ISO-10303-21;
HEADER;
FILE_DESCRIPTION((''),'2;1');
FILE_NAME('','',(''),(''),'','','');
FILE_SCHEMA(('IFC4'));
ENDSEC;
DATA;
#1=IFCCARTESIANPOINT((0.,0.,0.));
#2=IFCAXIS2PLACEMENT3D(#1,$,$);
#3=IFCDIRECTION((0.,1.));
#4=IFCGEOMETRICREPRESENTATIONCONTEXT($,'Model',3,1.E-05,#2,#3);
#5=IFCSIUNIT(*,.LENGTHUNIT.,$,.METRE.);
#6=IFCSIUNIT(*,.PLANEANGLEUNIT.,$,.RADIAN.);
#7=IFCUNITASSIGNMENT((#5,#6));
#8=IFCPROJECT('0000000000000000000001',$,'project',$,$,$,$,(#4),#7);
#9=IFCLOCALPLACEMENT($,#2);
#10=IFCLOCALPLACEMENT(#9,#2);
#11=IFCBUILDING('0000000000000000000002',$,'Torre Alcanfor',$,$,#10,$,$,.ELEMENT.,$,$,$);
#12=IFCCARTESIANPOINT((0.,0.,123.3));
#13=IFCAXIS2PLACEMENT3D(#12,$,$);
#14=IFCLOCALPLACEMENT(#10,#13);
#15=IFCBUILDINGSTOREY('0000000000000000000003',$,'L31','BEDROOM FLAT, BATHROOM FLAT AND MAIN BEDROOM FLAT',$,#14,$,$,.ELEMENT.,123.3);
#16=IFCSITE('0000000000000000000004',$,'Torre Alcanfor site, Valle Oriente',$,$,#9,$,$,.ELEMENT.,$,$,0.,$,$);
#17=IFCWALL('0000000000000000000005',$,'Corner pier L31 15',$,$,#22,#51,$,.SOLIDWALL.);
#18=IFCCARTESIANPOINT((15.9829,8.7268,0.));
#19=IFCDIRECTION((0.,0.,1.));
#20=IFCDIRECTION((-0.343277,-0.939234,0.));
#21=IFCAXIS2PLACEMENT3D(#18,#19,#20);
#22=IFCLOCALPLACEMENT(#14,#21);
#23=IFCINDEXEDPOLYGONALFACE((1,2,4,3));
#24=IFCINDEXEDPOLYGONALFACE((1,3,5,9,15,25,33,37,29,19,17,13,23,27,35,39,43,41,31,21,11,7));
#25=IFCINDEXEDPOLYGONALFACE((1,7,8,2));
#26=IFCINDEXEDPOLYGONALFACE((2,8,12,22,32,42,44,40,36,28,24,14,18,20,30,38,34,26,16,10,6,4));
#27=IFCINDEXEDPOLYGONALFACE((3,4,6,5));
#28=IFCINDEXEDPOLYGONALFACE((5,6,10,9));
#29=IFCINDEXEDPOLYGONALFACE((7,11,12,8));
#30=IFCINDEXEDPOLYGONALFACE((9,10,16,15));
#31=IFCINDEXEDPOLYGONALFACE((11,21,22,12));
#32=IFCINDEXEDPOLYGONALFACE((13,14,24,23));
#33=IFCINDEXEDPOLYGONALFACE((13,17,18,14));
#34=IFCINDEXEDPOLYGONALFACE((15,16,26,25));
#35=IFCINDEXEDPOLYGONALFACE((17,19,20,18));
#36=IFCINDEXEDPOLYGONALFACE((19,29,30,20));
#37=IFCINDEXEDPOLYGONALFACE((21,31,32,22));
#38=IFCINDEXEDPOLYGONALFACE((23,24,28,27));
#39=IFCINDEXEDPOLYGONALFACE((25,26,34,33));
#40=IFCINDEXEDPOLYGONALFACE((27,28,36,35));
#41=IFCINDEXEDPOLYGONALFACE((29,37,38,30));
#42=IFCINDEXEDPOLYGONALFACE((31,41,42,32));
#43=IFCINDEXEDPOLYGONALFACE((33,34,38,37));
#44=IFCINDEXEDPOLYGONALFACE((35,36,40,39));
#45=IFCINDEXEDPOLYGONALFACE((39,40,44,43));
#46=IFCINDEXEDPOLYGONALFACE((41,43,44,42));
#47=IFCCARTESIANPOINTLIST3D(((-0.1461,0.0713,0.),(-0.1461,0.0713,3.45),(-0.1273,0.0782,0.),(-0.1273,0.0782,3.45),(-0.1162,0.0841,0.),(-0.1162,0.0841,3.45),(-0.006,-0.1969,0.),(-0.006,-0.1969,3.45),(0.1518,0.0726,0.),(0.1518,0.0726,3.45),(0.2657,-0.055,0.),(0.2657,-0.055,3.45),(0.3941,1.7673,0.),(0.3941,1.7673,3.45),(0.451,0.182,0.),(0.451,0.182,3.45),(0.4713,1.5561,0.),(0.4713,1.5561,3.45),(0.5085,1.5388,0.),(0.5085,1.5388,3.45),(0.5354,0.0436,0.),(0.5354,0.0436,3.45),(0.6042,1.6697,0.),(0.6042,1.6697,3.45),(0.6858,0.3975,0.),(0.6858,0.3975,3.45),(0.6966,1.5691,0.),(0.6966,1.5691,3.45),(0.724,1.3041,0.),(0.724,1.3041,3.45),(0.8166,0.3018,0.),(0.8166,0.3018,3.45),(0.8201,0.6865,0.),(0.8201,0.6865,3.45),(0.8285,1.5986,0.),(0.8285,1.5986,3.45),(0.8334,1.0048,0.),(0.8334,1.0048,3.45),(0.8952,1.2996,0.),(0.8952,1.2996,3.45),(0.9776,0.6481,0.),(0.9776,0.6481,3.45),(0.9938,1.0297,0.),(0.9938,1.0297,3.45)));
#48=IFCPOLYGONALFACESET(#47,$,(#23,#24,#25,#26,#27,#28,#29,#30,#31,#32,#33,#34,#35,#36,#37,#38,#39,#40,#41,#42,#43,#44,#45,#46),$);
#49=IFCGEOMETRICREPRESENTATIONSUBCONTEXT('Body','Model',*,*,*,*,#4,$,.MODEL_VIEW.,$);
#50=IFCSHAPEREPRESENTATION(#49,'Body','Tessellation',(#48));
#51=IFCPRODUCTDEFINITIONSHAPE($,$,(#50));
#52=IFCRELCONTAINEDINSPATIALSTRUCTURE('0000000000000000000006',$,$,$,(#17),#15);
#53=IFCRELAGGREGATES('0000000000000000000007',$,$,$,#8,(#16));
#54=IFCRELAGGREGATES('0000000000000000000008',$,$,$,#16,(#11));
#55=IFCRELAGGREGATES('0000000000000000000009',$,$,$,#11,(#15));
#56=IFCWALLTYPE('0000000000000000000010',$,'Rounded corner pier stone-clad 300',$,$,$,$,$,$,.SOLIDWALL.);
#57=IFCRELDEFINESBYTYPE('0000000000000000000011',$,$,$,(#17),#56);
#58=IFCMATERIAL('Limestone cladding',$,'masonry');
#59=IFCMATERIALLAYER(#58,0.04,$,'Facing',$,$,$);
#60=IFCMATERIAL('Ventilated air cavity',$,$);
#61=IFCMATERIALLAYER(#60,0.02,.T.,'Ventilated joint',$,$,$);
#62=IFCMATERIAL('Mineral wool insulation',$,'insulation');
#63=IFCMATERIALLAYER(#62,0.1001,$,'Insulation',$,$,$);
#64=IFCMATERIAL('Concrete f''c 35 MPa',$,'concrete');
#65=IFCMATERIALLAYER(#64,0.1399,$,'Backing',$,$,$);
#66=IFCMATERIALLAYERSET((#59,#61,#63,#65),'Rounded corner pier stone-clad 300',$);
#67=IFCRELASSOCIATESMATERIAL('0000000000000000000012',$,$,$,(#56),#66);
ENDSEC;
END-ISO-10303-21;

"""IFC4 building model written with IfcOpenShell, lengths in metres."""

from ifc_helpers import new_model, si_unit, direction, frame, origin, place, context, subcontext, project, spatial, polyline, outline, extrude, material, layer, layer_set, type_object, element, save


model = new_model("IFC4")

# Units and contexts
model_context = context("Model", 3, precision=1e-05, world=origin(), true_north=direction((0.0, 1.0)))
body_context = subcontext(model_context, "Body", "Model", "MODEL_VIEW")
ifc_project = project(units=[si_unit("LENGTHUNIT", "METRE"), si_unit("PLANEANGLEUNIT", "RADIAN")], contexts=[model_context])

# Site, building, storey
site_placement = place(None, origin())
site = spatial("IfcSite", under=ifc_project, at=site_placement, Name="Torre Alcanfor site, Valle Oriente", CompositionType="ELEMENT", RefElevation=0.0)
building_placement = place(site_placement, origin())
building = spatial("IfcBuilding", under=site, at=building_placement, Name="Torre Alcanfor", CompositionType="ELEMENT")
storey_placement = place(building_placement, frame((0.0, 0.0, 123.3)))
storey = spatial("IfcBuildingStorey", under=building, at=storey_placement, Name="L31", Description="BEDROOM FLAT, BATHROOM FLAT AND MAIN BEDROOM FLAT", CompositionType="ELEMENT", Elevation=123.3)

# Wall
ifc_material_1 = material(Name="Limestone cladding", Category="masonry")
ifc_layer_1 = layer(ifc_material_1, 0.04, Name="Facing")
ifc_material_2 = material(Name="Ventilated air cavity")
ifc_layer_2 = layer(ifc_material_2, 0.02, ventilated=True, Name="Ventilated joint")
ifc_material_3 = material(Name="Mineral wool insulation", Category="insulation")
ifc_layer_3 = layer(ifc_material_3, 0.1001, Name="Insulation")
ifc_material_4 = material(Name="Concrete f'c 35 MPa", Category="concrete")
ifc_layer_4 = layer(ifc_material_4, 0.1399, Name="Backing")
ifc_layer_set_1 = layer_set([ifc_layer_1, ifc_layer_2, ifc_layer_3, ifc_layer_4], Name="Rounded corner pier stone-clad 300")
wall_type_1 = type_object("IfcWallType", Name="Rounded corner pier stone-clad 300", PredefinedType="SOLIDWALL", material=ifc_layer_set_1)
wall_1_placement = place(storey_placement, frame((15.9829, 8.7268, 0.0), z_axis=(0.0, 0.0, 1.0), x_axis=(-0.343277, -0.939234, 0.0)))
element("IfcWall", 1, at=wall_1_placement, inside=storey, type_object=wall_type_1, Name="Corner pier L31 15", PredefinedType="SOLIDWALL", context=body_context, shape_type="SweptSolid", body=[
    extrude(outline(polyline([(0.8285, 1.5986), (0.6966, 1.5691), (0.6042, 1.6697), (0.3941, 1.7673), (0.4713, 1.5561), (0.5085, 1.5388), (0.724, 1.3041), (0.8334, 1.0048), (0.8201, 0.6865), (0.6858, 0.3975), (0.451, 0.182), (0.1518, 0.0726), (-0.1162, 0.0841), (-0.1273, 0.0782), (-0.1461, 0.0713), (-0.006, -0.1969), (0.2657, -0.055), (0.5354, 0.0436), (0.8166, 0.3018), (0.9776, 0.6481), (0.9938, 1.0297), (0.8952, 1.2996), (0.8285, 1.5986)])), origin(), (0.0, 0.0, 1.0), 3.45),
])

save(model, "model.ifc")
